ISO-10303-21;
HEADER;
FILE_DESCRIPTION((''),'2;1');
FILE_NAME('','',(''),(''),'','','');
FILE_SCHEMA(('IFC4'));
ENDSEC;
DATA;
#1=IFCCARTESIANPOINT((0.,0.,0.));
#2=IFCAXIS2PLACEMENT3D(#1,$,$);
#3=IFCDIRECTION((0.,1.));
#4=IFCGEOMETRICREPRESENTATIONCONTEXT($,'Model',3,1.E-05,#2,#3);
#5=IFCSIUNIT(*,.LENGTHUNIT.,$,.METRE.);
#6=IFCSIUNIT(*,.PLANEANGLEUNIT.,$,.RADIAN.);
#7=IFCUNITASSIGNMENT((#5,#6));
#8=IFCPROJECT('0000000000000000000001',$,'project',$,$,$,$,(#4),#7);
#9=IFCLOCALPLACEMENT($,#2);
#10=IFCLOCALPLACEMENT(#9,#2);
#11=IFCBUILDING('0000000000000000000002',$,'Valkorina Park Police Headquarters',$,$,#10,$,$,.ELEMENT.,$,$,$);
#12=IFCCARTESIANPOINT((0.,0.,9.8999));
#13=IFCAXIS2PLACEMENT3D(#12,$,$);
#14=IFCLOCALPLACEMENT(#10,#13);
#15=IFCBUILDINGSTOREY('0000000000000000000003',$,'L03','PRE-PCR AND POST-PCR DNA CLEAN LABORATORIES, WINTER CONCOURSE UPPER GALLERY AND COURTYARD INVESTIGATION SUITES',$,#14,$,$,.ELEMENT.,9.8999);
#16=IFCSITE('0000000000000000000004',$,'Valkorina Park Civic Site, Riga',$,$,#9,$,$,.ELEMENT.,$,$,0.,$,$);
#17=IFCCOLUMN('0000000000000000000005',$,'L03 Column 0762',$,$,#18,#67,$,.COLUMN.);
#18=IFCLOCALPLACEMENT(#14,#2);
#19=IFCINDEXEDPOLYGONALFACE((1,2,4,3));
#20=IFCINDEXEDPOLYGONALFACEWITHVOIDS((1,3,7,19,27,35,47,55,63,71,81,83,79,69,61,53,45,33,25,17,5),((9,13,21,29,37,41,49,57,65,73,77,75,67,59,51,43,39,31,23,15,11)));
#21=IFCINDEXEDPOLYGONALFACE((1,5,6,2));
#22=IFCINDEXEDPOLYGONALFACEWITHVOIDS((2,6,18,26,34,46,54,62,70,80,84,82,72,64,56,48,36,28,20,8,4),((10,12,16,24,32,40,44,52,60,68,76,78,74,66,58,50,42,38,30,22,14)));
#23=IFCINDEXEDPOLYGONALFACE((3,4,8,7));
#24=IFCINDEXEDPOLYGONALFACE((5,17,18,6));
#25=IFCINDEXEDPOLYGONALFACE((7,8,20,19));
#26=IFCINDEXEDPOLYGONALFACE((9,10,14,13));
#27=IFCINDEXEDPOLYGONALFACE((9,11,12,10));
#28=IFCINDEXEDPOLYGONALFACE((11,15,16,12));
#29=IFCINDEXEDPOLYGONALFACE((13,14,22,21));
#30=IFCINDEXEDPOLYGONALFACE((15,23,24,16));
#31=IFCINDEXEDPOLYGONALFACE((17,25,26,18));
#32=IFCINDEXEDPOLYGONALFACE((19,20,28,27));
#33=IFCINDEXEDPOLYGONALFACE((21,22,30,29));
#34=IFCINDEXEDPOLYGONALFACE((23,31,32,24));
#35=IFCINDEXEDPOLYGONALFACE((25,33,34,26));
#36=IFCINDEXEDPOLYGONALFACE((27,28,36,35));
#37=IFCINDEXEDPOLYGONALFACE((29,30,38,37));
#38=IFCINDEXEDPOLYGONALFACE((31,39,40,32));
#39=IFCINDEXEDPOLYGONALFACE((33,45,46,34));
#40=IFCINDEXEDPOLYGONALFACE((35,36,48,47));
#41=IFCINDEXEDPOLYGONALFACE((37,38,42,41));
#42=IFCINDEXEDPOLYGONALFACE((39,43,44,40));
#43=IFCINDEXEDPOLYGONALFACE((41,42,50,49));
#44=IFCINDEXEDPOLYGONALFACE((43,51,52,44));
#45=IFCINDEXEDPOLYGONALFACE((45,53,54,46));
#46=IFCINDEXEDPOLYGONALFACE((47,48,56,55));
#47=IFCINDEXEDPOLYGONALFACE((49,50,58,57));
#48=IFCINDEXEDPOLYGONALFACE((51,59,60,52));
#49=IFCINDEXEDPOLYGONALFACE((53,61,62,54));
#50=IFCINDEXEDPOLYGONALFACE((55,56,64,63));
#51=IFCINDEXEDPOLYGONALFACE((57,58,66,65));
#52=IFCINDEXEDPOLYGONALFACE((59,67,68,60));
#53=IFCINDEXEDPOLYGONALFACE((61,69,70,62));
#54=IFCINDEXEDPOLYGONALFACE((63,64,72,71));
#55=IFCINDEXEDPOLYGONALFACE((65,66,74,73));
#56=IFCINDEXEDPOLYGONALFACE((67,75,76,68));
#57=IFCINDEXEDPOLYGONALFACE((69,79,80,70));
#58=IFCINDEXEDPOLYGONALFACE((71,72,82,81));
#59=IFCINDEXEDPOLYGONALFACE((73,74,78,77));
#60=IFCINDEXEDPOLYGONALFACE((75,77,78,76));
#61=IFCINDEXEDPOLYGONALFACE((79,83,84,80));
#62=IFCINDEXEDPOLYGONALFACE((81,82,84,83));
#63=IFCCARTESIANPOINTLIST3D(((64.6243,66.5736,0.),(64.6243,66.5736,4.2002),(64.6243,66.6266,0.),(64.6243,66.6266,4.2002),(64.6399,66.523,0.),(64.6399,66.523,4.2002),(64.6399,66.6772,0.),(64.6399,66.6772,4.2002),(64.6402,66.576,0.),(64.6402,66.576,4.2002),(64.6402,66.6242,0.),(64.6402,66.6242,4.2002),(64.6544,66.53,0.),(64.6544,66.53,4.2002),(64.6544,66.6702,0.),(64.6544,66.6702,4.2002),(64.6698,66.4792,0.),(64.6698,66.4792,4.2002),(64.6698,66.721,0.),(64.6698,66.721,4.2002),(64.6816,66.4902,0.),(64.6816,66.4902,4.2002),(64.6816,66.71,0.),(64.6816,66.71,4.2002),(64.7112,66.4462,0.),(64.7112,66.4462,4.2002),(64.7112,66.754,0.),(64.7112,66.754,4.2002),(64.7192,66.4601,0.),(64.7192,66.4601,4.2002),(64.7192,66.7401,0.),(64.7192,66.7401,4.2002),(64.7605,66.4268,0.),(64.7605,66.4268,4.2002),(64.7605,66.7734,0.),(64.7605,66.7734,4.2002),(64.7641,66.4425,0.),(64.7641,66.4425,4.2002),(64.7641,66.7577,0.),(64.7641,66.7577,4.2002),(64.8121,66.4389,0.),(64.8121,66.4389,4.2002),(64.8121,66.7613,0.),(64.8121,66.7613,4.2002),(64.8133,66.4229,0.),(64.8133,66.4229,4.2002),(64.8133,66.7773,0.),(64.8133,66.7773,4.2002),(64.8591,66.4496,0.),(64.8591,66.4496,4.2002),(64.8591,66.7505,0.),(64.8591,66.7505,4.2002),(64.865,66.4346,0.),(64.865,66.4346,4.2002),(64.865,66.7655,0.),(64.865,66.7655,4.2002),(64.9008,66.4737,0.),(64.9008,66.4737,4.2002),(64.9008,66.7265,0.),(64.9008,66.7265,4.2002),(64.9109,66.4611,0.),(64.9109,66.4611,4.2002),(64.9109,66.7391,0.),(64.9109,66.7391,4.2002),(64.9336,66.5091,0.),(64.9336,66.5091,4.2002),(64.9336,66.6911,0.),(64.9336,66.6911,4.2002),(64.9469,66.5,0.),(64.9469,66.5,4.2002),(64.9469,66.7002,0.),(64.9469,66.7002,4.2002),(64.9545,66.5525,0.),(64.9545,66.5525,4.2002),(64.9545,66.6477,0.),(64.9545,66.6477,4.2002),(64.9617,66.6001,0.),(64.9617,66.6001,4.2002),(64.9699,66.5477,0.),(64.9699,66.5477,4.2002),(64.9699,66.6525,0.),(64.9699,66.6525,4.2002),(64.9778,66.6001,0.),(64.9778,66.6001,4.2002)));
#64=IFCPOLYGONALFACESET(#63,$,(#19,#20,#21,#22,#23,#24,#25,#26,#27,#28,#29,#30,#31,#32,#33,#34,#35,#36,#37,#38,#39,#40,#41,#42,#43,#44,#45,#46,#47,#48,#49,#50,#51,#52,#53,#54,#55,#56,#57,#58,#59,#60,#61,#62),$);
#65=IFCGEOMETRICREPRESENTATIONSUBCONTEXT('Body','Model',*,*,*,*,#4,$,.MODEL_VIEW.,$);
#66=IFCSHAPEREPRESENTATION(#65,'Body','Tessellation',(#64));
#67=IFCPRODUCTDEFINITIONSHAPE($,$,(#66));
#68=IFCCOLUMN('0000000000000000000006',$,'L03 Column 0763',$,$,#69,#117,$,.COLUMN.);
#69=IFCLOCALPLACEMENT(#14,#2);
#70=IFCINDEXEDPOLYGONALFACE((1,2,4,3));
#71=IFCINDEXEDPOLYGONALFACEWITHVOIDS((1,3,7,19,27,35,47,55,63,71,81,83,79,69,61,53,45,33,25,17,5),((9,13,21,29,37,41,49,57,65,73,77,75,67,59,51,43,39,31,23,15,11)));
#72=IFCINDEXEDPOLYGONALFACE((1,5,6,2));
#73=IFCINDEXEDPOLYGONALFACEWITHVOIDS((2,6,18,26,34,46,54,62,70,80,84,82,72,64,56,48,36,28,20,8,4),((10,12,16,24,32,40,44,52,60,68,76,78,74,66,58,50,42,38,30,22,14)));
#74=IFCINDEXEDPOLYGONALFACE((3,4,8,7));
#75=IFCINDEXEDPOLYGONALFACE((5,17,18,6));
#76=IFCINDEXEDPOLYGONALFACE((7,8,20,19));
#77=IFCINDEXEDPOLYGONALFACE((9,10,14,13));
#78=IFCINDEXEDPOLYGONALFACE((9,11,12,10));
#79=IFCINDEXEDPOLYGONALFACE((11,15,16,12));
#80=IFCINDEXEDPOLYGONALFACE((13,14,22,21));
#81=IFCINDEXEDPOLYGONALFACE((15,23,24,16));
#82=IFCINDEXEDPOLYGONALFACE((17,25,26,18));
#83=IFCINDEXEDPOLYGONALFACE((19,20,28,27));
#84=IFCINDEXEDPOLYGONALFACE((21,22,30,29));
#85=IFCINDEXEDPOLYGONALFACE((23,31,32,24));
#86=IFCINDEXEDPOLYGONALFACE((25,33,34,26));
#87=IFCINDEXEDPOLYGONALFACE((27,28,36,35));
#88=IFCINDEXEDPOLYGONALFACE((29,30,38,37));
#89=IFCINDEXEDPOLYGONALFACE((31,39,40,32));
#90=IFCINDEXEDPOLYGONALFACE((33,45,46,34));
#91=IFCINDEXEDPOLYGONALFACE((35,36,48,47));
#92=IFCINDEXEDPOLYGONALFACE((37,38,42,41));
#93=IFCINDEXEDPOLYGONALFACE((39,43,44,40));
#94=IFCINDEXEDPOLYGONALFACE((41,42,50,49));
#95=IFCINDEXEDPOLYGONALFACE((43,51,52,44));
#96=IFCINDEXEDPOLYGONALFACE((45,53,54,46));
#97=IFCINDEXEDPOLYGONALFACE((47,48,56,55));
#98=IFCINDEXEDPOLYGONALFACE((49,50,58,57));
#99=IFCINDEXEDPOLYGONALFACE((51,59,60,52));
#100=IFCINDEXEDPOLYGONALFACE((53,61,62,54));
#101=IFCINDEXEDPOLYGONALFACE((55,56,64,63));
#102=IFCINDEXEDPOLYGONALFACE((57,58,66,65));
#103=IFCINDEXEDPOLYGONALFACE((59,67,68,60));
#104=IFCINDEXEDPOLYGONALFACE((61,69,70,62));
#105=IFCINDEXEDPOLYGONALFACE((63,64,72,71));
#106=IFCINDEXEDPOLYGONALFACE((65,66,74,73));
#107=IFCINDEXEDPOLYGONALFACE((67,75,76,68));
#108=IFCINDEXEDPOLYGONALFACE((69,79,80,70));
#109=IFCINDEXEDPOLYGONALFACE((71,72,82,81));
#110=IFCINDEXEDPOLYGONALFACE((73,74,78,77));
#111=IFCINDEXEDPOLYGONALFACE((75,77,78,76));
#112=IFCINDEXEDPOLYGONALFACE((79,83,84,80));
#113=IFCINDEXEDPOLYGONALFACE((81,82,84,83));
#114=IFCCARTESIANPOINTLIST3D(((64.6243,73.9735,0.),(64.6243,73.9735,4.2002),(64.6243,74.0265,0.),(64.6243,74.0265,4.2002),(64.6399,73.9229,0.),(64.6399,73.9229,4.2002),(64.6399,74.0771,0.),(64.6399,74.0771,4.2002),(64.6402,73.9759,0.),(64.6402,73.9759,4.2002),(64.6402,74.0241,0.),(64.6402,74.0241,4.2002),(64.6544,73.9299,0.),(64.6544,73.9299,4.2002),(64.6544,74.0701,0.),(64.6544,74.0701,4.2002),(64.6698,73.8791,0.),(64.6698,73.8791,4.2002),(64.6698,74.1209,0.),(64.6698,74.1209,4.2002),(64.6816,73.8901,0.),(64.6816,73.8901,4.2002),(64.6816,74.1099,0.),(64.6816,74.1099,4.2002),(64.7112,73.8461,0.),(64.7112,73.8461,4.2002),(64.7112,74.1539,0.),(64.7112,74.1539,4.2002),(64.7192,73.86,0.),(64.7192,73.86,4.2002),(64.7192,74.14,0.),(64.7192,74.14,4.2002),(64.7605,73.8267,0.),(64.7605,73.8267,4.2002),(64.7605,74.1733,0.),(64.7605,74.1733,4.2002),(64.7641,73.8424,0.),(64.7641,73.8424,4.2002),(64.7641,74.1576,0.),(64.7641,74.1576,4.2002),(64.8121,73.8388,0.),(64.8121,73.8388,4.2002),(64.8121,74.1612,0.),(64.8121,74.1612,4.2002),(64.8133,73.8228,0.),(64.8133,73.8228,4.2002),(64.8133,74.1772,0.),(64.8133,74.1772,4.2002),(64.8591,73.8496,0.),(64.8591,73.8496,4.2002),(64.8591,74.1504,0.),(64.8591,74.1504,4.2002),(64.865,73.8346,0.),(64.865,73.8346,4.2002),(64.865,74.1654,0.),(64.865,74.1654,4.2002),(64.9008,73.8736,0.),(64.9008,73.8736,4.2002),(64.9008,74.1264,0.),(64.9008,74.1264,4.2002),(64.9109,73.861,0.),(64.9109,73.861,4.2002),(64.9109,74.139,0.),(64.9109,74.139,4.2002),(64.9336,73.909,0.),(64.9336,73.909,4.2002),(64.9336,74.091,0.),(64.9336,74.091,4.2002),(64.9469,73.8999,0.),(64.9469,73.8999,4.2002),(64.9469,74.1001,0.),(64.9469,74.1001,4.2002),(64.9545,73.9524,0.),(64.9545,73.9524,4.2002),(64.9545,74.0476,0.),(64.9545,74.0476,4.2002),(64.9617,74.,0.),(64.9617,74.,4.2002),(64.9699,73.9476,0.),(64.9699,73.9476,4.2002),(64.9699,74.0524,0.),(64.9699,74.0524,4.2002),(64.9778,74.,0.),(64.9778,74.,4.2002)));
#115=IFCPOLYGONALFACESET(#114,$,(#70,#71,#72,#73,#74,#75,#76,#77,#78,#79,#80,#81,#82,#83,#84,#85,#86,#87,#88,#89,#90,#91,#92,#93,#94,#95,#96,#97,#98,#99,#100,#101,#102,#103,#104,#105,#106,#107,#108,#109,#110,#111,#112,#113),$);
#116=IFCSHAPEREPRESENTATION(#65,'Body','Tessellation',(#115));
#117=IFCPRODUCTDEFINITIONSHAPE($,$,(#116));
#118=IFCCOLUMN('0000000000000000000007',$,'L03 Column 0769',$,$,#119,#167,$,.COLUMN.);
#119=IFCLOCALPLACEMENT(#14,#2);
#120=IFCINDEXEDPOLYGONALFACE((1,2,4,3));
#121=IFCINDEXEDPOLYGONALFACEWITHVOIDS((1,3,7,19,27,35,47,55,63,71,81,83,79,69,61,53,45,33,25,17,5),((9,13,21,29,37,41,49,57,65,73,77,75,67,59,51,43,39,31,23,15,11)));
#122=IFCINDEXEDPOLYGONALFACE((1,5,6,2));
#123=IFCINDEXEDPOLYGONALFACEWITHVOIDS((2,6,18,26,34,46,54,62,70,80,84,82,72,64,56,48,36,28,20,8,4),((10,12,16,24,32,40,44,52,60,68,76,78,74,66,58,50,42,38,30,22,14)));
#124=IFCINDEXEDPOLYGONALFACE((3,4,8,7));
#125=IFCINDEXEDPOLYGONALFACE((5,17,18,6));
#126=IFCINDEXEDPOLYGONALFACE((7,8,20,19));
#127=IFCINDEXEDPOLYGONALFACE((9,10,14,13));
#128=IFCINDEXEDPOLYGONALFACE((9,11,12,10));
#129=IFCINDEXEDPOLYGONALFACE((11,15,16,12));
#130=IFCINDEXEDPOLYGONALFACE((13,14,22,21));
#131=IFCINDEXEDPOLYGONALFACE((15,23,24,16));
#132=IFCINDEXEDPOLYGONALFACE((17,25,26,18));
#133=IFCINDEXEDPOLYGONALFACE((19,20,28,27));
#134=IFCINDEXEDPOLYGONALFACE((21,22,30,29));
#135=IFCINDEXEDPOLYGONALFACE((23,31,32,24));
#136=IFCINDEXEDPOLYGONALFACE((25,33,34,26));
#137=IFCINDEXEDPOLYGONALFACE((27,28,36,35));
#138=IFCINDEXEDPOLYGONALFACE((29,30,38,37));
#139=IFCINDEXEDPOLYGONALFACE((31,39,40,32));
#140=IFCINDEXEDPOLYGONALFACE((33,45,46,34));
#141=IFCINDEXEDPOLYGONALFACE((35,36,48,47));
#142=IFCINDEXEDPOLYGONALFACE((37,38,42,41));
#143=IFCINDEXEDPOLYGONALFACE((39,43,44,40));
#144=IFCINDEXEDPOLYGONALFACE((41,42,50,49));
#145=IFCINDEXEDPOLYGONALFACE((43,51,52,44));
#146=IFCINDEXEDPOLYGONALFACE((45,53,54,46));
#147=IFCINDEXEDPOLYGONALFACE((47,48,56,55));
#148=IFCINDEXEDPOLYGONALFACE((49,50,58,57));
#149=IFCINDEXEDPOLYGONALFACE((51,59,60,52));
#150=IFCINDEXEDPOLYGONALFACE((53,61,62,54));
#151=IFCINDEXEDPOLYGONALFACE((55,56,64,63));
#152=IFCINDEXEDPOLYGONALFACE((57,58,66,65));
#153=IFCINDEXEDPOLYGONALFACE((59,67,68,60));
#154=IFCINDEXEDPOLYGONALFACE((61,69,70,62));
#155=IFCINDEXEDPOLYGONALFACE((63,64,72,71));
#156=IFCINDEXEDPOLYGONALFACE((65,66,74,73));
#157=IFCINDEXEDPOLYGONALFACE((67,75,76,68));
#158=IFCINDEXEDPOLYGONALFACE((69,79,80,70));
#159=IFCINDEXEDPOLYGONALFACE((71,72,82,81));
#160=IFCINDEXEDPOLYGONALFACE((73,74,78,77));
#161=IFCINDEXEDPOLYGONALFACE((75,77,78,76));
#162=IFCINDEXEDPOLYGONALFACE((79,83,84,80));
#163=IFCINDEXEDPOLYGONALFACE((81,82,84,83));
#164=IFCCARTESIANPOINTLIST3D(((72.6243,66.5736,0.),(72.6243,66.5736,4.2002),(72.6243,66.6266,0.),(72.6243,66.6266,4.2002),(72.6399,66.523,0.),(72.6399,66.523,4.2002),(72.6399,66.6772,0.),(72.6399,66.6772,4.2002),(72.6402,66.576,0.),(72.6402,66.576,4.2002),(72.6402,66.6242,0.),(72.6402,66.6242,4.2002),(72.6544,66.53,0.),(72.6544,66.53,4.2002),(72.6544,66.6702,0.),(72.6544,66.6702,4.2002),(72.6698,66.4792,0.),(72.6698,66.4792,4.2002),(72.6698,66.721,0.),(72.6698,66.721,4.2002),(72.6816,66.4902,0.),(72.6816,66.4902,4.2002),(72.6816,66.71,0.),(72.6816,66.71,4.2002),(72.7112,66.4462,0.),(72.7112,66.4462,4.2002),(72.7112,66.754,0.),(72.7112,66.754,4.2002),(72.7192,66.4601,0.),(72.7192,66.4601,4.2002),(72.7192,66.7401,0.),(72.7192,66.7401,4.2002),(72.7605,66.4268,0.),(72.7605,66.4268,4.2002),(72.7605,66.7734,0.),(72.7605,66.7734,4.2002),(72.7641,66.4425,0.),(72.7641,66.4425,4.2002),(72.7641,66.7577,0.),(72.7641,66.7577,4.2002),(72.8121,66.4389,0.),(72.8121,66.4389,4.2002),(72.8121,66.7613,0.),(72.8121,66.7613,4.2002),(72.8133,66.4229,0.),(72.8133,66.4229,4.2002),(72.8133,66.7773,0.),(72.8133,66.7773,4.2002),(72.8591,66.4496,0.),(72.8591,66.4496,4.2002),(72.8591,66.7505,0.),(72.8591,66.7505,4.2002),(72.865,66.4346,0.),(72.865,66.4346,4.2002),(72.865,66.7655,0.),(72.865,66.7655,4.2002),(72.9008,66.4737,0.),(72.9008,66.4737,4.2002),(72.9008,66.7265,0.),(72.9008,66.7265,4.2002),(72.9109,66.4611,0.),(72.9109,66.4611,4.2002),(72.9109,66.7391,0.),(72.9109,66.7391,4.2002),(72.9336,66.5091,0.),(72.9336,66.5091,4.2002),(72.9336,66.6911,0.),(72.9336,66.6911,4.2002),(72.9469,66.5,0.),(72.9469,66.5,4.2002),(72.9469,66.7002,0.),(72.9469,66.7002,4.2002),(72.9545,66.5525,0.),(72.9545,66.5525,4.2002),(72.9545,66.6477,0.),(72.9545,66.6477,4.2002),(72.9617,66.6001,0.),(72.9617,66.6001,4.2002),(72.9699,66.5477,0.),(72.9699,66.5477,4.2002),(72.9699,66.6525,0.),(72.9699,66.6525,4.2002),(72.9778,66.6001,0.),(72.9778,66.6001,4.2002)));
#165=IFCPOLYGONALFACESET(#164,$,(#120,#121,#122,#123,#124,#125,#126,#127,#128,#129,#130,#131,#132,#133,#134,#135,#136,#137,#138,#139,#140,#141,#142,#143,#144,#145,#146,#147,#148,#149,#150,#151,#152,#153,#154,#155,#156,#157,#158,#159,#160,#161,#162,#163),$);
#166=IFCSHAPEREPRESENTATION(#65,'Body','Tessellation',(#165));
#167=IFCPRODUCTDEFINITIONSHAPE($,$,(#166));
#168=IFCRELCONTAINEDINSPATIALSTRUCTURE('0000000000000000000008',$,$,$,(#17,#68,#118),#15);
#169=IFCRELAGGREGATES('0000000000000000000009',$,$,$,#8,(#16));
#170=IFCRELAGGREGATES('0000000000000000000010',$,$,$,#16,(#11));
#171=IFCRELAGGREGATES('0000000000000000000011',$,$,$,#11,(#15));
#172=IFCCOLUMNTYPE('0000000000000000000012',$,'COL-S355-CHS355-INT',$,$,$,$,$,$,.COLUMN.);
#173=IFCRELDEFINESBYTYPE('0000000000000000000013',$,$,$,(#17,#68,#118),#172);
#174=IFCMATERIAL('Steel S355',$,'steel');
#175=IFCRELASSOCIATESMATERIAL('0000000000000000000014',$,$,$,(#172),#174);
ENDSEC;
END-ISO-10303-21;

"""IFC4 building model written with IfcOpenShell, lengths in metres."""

from ifc_helpers import new_model, si_unit, direction, frame, origin, origin_2d, place, context, subcontext, project, spatial, hollow_circle, extrude, material, material_profile, profile_set, type_object, element, save


model = new_model("IFC4")

# Units and contexts
model_context = context("Model", 3, precision=1e-05, world=origin(), true_north=direction((0.0, 1.0)))
body_context = subcontext(model_context, "Body", "Model", "MODEL_VIEW")
ifc_project = project(units=[si_unit("LENGTHUNIT", "METRE"), si_unit("PLANEANGLEUNIT", "RADIAN")], contexts=[model_context])

# Site, building, storey
site_placement = place(None, origin())
site = spatial("IfcSite", under=ifc_project, at=site_placement, Name="Valkorina Park Civic Site, Riga", CompositionType="ELEMENT", RefElevation=0.0)
building_placement = place(site_placement, origin())
building = spatial("IfcBuilding", under=site, at=building_placement, Name="Valkorina Park Police Headquarters", CompositionType="ELEMENT")
storey_placement = place(building_placement, frame((0.0, 0.0, 9.8999)))
storey = spatial("IfcBuildingStorey", under=building, at=storey_placement, Name="L03", Description="PRE-PCR AND POST-PCR DNA CLEAN LABORATORIES, WINTER CONCOURSE UPPER GALLERY AND COURTYARD INVESTIGATION SUITES", CompositionType="ELEMENT", Elevation=9.8999)

# Columns
ifc_material_1 = material(Name="Steel S355", Category="steel")
ifc_material_profile_1 = material_profile(ifc_material_1, hollow_circle(Radius=0.1777, WallThickness=0.0161, at=origin_2d()), Name="CHS 355.6x16")
ifc_profile_set_1 = profile_set([ifc_material_profile_1], Name="Steel S355")
column_type = type_object("IfcColumnType", Name="COL-S355-CHS355-INT", PredefinedType="COLUMN", material=ifc_profile_set_1)
for number, where, z_axis, x_axis, name in (
    (1, (64.8, 66.6001, 0.0), (0.0, 0.0, 1.0), (1.0, 0.0, 0.0), "L03 Column 0762"),
    (2, (64.8, 74.0, 0.0), (0.0, 0.0, 1.0), (1.0, 0.0, 0.0), "L03 Column 0763"),
    (3, (72.8, 66.6001, 0.0), (0.0, 0.0, 1.0), (1.0, 0.0, 0.0), "L03 Column 0769"),
):
    element("IfcColumn", number, at=place(storey_placement, frame(where, z_axis=z_axis, x_axis=x_axis)), inside=storey, type_object=column_type, Name=name, PredefinedType="COLUMN", context=body_context, shape_type="SweptSolid", body=[
        extrude(hollow_circle(Radius=0.1777, WallThickness=0.0161, at=origin_2d()), origin(), (0.0, 0.0, 1.0), 4.2002),
    ])

save(model, "model.ifc")
